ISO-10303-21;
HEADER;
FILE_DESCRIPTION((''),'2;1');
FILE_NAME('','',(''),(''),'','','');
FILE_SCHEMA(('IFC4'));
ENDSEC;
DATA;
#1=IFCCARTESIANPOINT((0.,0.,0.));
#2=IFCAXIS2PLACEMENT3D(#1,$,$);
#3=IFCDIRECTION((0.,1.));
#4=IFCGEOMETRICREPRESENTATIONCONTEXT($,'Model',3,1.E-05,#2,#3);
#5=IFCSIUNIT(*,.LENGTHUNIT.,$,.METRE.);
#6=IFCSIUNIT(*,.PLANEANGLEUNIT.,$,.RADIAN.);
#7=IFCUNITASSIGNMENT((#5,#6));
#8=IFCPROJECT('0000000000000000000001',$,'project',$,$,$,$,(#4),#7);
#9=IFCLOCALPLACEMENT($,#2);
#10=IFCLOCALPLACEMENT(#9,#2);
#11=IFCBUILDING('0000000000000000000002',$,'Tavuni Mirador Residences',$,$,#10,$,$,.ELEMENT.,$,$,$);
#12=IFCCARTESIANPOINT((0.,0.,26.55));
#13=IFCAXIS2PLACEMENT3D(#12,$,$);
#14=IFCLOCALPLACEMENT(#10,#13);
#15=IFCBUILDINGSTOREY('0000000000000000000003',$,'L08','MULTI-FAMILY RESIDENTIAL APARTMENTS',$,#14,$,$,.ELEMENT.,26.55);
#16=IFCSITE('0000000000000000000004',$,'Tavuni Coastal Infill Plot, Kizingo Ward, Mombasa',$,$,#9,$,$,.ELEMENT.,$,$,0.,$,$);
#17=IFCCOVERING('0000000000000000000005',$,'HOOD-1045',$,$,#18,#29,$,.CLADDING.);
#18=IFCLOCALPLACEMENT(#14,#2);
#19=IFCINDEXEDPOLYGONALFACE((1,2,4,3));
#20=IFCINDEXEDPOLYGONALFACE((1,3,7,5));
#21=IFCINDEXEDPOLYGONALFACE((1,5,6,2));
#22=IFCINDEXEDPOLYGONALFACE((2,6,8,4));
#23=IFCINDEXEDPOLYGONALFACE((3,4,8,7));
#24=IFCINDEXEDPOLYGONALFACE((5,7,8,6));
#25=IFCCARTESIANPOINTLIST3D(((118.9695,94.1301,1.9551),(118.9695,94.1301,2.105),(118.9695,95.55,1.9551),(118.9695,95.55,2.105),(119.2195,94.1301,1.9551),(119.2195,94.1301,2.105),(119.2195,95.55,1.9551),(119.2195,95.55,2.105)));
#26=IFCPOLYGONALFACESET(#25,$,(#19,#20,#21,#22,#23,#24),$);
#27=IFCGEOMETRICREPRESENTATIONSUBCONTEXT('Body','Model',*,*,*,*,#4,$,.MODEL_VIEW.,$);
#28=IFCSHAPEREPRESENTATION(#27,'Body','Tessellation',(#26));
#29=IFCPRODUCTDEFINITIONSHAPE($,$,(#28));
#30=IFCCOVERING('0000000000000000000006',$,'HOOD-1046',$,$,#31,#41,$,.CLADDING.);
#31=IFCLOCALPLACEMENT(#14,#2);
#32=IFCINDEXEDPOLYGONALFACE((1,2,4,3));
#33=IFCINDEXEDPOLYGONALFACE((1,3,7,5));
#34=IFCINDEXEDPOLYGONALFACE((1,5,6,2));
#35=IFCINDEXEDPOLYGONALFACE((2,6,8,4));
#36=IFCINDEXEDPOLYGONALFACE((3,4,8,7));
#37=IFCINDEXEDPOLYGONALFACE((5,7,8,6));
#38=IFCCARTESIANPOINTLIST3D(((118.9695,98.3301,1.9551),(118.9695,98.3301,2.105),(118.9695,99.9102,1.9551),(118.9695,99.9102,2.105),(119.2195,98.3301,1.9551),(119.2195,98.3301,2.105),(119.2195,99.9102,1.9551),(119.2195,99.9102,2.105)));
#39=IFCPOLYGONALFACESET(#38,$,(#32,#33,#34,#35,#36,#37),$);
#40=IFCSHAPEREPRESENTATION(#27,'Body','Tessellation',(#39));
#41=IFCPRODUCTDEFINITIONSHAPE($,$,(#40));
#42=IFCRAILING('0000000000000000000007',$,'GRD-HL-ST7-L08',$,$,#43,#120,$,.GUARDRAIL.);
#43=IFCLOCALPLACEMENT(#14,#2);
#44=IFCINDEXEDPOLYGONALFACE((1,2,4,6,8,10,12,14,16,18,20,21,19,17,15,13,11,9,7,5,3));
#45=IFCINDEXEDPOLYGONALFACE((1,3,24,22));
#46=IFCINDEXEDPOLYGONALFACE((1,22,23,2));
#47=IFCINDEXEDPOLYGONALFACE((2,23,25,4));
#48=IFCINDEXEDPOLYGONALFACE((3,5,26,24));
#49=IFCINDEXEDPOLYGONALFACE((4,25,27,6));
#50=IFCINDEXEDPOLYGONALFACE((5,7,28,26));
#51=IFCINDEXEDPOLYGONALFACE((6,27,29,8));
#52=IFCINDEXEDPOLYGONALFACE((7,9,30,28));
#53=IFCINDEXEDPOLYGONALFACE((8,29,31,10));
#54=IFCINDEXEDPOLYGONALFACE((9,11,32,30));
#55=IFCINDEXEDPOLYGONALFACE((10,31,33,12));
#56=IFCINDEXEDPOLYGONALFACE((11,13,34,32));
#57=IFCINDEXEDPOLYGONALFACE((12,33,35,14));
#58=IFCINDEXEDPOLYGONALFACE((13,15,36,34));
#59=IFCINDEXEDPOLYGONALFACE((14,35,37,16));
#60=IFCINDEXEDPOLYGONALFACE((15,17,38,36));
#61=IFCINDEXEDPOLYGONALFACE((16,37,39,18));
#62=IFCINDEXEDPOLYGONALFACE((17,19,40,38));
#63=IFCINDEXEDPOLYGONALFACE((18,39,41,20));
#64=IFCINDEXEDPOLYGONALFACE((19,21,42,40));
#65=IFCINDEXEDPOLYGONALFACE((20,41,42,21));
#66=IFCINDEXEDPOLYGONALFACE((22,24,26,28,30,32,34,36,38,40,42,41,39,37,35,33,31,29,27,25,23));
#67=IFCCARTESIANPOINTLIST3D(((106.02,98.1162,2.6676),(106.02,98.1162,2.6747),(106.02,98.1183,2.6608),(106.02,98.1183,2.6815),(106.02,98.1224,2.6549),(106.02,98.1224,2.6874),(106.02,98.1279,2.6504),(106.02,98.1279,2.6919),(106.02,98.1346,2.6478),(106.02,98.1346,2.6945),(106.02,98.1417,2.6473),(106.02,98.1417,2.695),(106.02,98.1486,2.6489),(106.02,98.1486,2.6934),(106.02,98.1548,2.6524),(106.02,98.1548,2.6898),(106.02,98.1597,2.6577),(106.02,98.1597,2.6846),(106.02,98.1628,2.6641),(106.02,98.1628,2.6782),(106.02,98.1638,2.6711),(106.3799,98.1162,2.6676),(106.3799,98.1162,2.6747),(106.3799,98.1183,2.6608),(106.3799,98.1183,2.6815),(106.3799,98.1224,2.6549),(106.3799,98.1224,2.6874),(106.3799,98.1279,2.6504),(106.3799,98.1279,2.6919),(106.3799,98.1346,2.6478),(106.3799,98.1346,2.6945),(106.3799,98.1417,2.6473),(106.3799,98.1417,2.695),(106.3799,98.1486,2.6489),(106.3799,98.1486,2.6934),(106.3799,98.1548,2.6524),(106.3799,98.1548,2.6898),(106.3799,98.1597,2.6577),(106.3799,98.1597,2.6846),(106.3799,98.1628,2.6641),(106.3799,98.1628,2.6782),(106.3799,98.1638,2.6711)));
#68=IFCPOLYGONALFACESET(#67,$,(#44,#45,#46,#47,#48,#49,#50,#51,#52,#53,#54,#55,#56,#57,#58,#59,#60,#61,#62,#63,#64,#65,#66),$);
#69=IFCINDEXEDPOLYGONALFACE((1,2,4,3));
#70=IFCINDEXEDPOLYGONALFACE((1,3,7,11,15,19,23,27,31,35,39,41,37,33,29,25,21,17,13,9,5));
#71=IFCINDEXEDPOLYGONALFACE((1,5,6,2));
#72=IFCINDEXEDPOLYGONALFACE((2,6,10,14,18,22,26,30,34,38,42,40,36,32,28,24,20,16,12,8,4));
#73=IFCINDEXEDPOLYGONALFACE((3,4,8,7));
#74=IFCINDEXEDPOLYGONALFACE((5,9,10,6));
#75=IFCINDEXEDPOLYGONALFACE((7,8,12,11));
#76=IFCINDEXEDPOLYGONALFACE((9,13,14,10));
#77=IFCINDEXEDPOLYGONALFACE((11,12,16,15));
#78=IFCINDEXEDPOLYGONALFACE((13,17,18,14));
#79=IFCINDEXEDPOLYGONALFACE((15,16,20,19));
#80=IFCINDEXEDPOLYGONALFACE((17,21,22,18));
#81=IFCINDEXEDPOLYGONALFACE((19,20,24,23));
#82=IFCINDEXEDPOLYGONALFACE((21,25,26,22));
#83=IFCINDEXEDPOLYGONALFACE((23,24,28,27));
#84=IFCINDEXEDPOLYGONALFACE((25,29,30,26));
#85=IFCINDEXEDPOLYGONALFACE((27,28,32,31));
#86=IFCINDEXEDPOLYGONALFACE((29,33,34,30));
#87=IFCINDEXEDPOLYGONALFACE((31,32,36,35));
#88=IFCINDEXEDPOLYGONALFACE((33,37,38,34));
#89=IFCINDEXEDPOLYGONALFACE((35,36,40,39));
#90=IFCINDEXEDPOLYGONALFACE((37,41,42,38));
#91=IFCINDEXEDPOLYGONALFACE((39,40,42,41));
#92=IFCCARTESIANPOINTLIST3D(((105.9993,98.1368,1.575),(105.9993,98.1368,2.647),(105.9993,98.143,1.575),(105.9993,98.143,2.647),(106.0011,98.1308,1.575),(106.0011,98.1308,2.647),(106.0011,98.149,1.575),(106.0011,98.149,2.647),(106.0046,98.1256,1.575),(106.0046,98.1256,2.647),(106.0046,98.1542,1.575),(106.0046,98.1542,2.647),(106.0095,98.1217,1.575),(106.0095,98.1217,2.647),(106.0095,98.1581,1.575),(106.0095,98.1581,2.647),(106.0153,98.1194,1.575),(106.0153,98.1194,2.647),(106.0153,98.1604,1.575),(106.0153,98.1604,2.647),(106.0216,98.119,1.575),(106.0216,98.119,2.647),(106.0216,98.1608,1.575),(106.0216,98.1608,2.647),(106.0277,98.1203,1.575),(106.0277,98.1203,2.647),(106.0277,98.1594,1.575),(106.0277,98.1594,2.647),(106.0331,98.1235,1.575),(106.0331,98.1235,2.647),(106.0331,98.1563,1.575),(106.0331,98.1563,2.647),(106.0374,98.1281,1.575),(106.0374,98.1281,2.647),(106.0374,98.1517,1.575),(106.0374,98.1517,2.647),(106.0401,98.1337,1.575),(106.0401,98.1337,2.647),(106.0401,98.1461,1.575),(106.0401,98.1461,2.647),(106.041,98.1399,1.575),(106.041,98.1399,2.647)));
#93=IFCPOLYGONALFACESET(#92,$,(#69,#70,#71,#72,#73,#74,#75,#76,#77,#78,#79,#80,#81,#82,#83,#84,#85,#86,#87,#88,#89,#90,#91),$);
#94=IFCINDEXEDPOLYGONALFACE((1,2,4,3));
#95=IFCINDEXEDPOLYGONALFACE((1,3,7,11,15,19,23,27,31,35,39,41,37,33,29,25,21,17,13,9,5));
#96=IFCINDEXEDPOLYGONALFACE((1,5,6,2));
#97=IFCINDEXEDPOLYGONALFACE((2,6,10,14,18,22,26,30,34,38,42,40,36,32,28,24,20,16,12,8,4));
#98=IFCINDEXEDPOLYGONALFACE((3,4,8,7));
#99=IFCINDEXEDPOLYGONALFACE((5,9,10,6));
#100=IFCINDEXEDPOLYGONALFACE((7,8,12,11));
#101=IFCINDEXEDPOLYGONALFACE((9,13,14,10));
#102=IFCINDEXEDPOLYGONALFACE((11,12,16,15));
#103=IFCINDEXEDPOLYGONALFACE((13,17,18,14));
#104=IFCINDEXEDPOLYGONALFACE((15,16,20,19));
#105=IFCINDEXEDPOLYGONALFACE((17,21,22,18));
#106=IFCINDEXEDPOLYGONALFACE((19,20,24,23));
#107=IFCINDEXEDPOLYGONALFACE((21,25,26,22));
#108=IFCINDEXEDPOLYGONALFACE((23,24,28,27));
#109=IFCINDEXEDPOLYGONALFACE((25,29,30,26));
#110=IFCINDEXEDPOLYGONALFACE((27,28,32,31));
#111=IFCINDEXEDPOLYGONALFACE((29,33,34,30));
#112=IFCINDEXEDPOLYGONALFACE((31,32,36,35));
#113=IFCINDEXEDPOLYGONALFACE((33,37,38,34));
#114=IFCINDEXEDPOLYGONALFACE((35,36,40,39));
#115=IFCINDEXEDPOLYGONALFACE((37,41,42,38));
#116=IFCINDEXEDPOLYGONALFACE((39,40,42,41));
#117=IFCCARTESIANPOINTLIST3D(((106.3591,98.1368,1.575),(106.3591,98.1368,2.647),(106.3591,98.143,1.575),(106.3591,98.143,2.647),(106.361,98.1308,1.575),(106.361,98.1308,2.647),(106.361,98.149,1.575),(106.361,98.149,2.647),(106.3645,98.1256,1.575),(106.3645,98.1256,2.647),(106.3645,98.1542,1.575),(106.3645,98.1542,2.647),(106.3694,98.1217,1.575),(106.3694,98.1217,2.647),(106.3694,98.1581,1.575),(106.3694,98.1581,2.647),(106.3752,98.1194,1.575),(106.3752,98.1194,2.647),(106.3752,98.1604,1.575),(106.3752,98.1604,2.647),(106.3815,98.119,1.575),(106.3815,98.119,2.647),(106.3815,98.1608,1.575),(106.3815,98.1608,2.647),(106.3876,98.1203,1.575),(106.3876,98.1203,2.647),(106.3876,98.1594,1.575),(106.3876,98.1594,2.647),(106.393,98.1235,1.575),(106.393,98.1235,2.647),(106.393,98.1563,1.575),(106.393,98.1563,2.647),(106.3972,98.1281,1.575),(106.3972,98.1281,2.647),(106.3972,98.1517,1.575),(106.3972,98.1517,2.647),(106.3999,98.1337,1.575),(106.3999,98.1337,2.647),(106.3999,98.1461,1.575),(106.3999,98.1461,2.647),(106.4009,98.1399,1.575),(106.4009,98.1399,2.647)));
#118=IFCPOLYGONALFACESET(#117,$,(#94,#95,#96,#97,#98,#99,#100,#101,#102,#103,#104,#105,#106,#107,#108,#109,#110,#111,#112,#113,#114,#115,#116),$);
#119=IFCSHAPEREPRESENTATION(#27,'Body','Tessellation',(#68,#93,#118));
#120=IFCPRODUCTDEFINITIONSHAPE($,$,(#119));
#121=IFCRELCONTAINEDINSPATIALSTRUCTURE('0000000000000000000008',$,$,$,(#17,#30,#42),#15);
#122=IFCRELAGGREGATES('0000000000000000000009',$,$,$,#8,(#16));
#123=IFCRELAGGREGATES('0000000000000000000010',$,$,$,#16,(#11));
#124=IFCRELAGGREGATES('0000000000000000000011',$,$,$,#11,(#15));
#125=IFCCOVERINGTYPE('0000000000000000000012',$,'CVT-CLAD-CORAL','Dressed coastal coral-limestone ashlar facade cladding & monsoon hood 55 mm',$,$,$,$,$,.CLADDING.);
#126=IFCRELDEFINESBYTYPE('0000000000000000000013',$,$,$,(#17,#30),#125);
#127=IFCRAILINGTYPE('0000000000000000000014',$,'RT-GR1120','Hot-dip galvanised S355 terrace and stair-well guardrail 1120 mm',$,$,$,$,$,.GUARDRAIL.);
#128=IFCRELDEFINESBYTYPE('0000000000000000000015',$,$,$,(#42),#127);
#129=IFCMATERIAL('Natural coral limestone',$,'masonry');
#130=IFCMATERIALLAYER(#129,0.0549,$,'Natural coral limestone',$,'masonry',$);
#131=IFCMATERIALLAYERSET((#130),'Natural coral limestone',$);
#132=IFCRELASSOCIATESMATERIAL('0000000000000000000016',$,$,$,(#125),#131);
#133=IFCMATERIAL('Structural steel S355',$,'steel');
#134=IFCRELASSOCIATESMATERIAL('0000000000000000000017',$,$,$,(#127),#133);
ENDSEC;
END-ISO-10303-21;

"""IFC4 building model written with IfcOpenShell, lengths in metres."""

from ifc_helpers import new_model, si_unit, direction, frame, origin, origin_2d, place, context, subcontext, project, spatial, rectangle, circle, extrude, material, layer, layer_set, type_object, element, save


model = new_model("IFC4")

# Units and contexts
model_context = context("Model", 3, precision=1e-05, world=origin(), true_north=direction((0.0, 1.0)))
body_context = subcontext(model_context, "Body", "Model", "MODEL_VIEW")
ifc_project = project(units=[si_unit("LENGTHUNIT", "METRE"), si_unit("PLANEANGLEUNIT", "RADIAN")], contexts=[model_context])

# Site, building, storey
site_placement = place(None, origin())
site = spatial("IfcSite", under=ifc_project, at=site_placement, Name="Tavuni Coastal Infill Plot, Kizingo Ward, Mombasa", CompositionType="ELEMENT", RefElevation=0.0)
building_placement = place(site_placement, origin())
building = spatial("IfcBuilding", under=site, at=building_placement, Name="Tavuni Mirador Residences", CompositionType="ELEMENT")
storey_placement = place(building_placement, frame((0.0, 0.0, 26.55)))
storey = spatial("IfcBuildingStorey", under=building, at=storey_placement, Name="L08", Description="MULTI-FAMILY RESIDENTIAL APARTMENTS", CompositionType="ELEMENT", Elevation=26.55)

# Shared definitions
ifc_material_1 = material(Name="Structural steel S355", Category="steel")

# Coverings
ifc_material_2 = material(Name="Natural coral limestone", Category="masonry")
ifc_layer_1 = layer(ifc_material_2, 0.0549, Name="Natural coral limestone", Category="masonry")
ifc_layer_set_1 = layer_set([ifc_layer_1], Name="Natural coral limestone")
covering_type = type_object("IfcCoveringType", Name="CVT-CLAD-CORAL", Description="Dressed coastal coral-limestone ashlar facade cladding & monsoon hood 55 mm", PredefinedType="CLADDING", material=ifc_layer_set_1)
covering_1_placement = place(storey_placement, frame((119.0945, 94.8401, 1.9551), z_axis=(0.0, 0.0, 1.0), x_axis=(0.0, 1.0, 0.0)))
element("IfcCovering", 1, at=covering_1_placement, inside=storey, type_object=covering_type, Name="HOOD-1045", PredefinedType="CLADDING", context=body_context, shape_type="SweptSolid", body=[
    extrude(rectangle(XDim=1.4199, YDim=0.25, at=origin_2d()), origin(), (0.0, 0.0, 1.0), 0.1499),
])
covering_2_placement = place(storey_placement, frame((119.0945, 99.1201, 1.9551), z_axis=(0.0, 0.0, 1.0), x_axis=(0.0, 1.0, 0.0)))
element("IfcCovering", 2, at=covering_2_placement, inside=storey, type_object=covering_type, Name="HOOD-1046", PredefinedType="CLADDING", context=body_context, shape_type="SweptSolid", body=[
    extrude(rectangle(XDim=1.5801, YDim=0.25, at=origin_2d()), origin(), (0.0, 0.0, 1.0), 0.1499),
])

# Railing
railing_type_1 = type_object("IfcRailingType", Name="RT-GR1120", Description="Hot-dip galvanised S355 terrace and stair-well guardrail 1120 mm", PredefinedType="GUARDRAIL", material=ifc_material_1)
railing_1_placement = place(storey_placement, frame((106.02, 98.1399, 1.575)))
element("IfcRailing", 3, at=railing_1_placement, inside=storey, type_object=railing_type_1, Name="GRD-HL-ST7-L08", PredefinedType="GUARDRAIL", context=body_context, shape_type="SweptSolid", body=[
    extrude(circle(Radius=0.0239, at=origin_2d()), frame((0.0, 0.0, 1.0962), z_axis=(1.0, 0.0, 0.0), x_axis=(0.0, 1.0, 0.0)), (0.0, 0.0, 1.0), 0.3599),
    extrude(circle(Radius=0.021, at=origin_2d()), origin(), (0.0, 0.0, 1.0), 1.072),
    extrude(circle(Radius=0.021, at=origin_2d()), frame((0.3599, 0.0, 0.0)), (0.0, 0.0, 1.0), 1.072),
])

save(model, "model.ifc")
